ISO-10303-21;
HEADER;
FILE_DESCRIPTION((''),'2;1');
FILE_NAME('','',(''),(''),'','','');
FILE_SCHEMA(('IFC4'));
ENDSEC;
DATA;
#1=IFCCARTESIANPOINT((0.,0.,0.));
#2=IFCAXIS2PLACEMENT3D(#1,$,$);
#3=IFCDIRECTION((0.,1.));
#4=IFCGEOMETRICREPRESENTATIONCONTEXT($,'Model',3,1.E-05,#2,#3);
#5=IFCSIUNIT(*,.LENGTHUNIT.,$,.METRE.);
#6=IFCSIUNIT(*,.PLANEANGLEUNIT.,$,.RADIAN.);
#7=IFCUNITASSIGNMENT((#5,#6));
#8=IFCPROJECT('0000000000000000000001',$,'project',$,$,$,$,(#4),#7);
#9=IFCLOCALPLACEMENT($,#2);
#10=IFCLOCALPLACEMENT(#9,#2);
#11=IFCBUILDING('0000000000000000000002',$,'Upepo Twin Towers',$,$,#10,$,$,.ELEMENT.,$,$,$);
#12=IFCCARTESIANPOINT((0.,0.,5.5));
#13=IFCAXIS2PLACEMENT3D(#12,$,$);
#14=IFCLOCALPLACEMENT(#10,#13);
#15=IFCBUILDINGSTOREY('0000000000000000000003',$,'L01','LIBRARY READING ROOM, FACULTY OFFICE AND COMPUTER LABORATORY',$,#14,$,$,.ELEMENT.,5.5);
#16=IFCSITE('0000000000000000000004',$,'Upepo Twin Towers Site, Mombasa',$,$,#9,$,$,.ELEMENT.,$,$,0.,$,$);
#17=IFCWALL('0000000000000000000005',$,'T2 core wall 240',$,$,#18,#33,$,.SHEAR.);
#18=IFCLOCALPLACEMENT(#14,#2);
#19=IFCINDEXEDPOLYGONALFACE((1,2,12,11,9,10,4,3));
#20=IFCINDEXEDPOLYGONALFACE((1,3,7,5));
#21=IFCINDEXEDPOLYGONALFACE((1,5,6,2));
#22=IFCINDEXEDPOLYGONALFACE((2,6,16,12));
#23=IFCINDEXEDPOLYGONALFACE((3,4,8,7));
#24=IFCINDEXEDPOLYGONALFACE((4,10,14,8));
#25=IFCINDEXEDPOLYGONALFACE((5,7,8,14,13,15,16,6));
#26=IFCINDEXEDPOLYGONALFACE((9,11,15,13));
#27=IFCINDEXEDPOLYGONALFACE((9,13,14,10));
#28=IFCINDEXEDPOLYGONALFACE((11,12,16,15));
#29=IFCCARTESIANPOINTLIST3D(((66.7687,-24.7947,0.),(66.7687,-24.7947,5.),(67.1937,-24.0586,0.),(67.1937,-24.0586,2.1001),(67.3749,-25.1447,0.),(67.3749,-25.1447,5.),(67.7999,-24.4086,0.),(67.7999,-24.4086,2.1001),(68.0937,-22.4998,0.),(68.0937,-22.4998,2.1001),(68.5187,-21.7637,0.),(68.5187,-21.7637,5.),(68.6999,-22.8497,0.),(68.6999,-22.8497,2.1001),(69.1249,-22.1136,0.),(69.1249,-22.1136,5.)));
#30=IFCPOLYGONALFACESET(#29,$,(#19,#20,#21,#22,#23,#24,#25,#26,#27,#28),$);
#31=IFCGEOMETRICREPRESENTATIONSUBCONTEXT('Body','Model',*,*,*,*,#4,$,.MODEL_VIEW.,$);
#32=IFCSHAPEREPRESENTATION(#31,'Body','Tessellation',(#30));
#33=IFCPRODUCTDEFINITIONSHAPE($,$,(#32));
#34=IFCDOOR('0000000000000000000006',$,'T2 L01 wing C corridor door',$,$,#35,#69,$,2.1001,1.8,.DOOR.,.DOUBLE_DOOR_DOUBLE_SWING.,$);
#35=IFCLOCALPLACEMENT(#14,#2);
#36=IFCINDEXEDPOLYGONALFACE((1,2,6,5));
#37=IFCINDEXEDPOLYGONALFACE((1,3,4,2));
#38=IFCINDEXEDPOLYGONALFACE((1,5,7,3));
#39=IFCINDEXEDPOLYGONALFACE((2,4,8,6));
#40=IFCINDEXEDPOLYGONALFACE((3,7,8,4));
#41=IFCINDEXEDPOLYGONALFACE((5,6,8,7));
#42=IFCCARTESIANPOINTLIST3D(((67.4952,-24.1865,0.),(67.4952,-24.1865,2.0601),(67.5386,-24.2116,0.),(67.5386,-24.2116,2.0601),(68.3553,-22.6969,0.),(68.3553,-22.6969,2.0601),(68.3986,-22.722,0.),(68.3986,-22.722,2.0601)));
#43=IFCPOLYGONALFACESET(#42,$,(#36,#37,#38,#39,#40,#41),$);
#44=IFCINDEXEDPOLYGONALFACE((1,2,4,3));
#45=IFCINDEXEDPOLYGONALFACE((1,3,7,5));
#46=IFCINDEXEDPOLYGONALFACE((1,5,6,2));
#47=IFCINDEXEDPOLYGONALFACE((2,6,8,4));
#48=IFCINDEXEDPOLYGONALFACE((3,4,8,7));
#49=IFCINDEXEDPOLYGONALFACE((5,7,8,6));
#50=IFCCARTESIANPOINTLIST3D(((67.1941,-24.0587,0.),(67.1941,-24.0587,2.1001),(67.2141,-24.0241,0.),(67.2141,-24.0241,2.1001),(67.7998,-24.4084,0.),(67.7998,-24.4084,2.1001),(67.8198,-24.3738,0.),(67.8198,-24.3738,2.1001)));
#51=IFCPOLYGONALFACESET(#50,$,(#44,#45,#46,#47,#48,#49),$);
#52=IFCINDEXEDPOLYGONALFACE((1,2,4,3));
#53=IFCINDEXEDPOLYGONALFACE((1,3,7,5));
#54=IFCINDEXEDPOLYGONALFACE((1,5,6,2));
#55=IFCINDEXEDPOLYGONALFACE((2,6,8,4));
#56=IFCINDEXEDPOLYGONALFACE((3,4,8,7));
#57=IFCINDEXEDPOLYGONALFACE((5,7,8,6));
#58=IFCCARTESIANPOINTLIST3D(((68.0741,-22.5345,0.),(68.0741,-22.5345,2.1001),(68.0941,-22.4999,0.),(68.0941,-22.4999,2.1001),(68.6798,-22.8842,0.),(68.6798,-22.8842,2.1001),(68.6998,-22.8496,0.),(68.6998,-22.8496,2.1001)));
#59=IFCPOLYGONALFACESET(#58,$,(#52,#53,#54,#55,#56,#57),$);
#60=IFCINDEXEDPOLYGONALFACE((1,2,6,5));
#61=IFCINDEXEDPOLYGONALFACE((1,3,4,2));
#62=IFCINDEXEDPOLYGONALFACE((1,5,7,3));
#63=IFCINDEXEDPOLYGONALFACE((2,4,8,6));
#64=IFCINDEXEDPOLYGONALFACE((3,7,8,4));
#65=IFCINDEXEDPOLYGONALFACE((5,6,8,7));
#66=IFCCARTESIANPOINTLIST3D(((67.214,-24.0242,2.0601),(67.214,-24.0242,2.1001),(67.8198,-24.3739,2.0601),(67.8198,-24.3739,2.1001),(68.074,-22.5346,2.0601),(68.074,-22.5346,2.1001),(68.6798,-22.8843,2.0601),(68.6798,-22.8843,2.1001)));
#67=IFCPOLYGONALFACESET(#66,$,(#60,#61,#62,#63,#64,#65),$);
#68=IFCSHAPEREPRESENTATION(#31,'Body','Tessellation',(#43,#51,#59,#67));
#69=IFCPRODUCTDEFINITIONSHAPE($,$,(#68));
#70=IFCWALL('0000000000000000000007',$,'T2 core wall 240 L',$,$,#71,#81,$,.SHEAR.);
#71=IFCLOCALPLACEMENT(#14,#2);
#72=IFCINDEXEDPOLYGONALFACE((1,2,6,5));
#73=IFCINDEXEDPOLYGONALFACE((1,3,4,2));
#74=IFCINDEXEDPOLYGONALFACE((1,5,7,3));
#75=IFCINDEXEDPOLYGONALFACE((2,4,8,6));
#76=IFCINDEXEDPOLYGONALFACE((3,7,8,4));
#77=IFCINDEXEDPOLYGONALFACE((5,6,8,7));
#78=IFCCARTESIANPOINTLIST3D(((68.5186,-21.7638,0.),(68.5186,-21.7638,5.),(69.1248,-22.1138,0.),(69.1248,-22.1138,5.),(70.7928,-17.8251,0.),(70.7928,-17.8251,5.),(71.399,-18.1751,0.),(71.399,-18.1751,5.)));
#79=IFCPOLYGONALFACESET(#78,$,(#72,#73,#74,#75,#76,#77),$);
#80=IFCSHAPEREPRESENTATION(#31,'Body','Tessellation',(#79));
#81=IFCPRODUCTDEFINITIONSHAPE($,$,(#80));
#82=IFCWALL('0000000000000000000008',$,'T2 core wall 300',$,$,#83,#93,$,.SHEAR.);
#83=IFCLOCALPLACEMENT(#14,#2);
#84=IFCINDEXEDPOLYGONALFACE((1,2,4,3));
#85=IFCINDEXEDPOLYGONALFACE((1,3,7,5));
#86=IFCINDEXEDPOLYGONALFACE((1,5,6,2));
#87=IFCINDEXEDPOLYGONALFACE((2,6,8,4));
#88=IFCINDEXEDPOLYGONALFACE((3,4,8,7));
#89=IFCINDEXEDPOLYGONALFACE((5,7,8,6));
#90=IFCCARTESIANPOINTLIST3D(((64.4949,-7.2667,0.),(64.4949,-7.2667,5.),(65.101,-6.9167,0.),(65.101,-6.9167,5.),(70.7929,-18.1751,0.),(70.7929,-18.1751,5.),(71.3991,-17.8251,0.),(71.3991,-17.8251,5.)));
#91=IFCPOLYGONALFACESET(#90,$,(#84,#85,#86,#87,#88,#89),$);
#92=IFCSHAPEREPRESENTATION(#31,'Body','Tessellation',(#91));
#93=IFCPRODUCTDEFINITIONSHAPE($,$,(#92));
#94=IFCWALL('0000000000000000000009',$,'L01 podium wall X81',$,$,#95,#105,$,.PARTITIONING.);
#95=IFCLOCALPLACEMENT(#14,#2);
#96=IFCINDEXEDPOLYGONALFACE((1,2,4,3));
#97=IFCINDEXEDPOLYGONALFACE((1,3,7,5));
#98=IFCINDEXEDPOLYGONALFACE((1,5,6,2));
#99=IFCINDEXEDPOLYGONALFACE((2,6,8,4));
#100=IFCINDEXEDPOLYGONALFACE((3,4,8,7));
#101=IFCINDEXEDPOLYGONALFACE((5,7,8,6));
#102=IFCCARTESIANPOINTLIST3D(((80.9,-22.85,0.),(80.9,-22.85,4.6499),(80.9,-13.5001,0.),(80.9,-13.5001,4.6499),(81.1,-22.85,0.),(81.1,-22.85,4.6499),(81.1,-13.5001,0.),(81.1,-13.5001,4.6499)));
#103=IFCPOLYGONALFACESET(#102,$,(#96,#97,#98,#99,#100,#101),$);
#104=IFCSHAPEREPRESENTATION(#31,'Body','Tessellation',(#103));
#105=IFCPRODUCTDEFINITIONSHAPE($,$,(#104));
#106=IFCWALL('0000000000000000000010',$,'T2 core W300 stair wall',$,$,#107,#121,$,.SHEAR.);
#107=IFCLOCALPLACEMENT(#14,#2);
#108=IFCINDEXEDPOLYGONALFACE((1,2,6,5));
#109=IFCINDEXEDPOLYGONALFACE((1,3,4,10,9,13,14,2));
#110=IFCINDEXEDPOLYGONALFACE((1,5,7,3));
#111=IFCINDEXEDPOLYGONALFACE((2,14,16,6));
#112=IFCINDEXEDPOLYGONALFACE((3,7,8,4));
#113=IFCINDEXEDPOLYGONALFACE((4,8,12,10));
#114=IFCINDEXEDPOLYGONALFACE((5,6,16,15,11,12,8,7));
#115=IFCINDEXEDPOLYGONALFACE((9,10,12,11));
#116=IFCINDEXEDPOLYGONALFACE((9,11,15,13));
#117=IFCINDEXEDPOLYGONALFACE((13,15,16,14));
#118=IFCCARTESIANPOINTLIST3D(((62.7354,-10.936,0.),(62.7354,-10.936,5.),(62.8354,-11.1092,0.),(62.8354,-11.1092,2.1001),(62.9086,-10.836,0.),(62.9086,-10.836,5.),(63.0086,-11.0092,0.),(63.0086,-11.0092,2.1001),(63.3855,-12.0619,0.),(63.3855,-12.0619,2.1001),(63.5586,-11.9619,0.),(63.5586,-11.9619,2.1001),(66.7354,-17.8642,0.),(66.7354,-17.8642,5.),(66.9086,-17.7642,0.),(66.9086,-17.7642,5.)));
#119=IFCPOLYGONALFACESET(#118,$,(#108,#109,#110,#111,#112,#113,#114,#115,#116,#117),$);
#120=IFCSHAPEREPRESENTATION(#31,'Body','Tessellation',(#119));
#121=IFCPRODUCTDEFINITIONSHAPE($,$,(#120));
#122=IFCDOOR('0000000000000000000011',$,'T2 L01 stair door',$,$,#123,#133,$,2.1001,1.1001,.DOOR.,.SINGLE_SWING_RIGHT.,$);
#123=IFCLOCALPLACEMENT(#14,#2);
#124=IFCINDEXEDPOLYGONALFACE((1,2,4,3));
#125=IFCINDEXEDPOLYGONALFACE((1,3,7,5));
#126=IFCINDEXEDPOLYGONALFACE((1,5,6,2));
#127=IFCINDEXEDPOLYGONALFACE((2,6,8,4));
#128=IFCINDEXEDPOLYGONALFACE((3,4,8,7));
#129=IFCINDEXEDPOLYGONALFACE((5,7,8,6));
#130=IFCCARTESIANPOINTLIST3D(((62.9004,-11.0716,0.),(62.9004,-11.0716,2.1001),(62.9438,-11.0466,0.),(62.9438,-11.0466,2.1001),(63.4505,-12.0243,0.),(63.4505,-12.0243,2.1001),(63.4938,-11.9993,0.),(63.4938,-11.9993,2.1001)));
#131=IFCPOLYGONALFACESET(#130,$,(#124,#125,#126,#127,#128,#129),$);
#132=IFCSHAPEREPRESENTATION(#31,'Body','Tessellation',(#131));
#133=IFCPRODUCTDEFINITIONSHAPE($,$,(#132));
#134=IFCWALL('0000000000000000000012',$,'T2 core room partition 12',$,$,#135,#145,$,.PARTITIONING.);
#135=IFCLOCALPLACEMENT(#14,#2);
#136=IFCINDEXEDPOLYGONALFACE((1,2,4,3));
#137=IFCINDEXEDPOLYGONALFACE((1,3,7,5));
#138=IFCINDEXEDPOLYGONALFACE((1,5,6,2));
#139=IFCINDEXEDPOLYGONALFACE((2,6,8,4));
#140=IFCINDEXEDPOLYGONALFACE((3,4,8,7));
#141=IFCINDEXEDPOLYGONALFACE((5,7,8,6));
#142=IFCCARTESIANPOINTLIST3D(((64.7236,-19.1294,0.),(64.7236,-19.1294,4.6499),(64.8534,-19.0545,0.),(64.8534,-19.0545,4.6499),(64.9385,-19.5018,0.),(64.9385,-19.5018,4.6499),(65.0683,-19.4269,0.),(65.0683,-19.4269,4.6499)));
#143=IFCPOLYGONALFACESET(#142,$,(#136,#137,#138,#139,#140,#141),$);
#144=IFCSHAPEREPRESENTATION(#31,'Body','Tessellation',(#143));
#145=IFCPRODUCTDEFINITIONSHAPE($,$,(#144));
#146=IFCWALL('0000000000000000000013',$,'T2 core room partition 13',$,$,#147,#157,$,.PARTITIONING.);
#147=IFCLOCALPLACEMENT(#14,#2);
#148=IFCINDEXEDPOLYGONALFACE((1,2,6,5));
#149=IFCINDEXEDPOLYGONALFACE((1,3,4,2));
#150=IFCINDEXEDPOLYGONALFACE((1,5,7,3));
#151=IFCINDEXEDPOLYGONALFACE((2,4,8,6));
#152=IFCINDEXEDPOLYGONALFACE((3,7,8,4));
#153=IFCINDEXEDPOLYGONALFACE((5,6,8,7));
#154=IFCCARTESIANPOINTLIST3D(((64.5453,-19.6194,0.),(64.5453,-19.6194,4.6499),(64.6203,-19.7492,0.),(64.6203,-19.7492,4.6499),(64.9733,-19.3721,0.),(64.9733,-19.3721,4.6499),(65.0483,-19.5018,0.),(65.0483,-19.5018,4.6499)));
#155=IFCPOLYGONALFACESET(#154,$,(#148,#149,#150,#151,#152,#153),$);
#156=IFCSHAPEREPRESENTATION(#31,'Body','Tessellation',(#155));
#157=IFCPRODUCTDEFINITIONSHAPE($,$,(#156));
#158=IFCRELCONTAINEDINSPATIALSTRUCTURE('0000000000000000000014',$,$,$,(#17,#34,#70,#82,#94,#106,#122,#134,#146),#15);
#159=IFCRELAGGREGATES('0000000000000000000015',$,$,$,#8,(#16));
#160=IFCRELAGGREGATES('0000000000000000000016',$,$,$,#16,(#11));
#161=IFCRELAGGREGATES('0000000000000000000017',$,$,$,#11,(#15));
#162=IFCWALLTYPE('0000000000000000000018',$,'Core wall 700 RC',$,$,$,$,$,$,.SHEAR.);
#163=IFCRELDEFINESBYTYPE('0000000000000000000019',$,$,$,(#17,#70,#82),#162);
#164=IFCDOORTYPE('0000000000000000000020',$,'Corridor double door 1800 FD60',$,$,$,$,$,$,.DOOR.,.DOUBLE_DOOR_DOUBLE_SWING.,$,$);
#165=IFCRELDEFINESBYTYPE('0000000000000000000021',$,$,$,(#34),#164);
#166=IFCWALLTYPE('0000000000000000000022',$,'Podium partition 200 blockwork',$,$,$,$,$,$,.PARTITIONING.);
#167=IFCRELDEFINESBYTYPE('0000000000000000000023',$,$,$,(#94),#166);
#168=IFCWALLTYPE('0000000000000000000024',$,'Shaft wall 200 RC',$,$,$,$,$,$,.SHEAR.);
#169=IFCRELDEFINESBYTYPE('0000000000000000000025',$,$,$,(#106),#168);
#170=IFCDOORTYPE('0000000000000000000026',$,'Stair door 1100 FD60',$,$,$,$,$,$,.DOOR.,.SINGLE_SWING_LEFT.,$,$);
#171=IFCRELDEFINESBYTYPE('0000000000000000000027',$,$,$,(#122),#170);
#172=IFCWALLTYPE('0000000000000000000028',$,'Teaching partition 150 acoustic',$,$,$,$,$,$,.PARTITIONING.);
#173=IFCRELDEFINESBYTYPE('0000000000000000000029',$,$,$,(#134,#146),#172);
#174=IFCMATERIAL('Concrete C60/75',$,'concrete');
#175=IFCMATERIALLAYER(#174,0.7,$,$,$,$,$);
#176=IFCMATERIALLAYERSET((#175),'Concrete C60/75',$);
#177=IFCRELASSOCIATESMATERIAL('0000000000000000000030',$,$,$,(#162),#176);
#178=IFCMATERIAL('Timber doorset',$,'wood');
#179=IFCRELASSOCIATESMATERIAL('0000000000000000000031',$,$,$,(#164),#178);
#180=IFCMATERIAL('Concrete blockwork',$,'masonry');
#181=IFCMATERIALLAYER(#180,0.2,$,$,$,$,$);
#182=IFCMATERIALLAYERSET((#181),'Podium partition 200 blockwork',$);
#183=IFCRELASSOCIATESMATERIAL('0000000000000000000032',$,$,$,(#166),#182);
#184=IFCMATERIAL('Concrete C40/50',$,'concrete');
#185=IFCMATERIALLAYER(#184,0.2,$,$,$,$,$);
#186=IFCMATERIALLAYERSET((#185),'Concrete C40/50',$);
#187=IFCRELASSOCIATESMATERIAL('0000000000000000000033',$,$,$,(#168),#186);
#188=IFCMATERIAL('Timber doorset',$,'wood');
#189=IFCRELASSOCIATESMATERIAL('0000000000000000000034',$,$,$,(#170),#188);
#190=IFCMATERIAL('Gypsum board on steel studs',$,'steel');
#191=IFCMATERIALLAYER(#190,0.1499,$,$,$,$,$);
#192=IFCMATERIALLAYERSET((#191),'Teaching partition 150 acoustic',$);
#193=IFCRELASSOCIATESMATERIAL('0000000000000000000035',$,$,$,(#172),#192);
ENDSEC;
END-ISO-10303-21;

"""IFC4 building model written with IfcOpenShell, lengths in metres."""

from ifc_helpers import new_model, si_unit, direction, frame, frame_2d, origin, place, context, subcontext, project, spatial, rectangle, extrude, material, layer, layer_set, type_object, element, fill, save


model = new_model("IFC4")

# Units and contexts
model_context = context("Model", 3, precision=1e-05, world=origin(), true_north=direction((0.0, 1.0)))
body_context = subcontext(model_context, "Body", "Model", "MODEL_VIEW")
ifc_project = project(units=[si_unit("LENGTHUNIT", "METRE"), si_unit("PLANEANGLEUNIT", "RADIAN")], contexts=[model_context])

# Site, building, storey
site_placement = place(None, origin())
site = spatial("IfcSite", under=ifc_project, at=site_placement, Name="Upepo Twin Towers Site, Mombasa", CompositionType="ELEMENT", RefElevation=0.0)
building_placement = place(site_placement, origin())
building = spatial("IfcBuilding", under=site, at=building_placement, Name="Upepo Twin Towers", CompositionType="ELEMENT")
storey_placement = place(building_placement, frame((0.0, 0.0, 5.5)))
storey = spatial("IfcBuildingStorey", under=building, at=storey_placement, Name="L01", Description="LIBRARY READING ROOM, FACULTY OFFICE AND COMPUTER LABORATORY", CompositionType="ELEMENT", Elevation=5.5)

# Wall, opening, door
ifc_material_1 = material(Name="Concrete C60/75", Category="concrete")
ifc_layer_1 = layer(ifc_material_1, 0.7)
ifc_layer_set_1 = layer_set([ifc_layer_1], Name="Concrete C60/75")
wall_type_1 = type_object("IfcWallType", Name="Core wall 700 RC", PredefinedType="SHEAR", material=ifc_layer_set_1)
wall_1_placement = place(storey_placement, frame((67.0718, -24.9697, 0.0), z_axis=(0.0, 0.0, 1.0), x_axis=(0.50001, 0.866019, 0.0)))
wall_1 = element("IfcWall", 1, at=wall_1_placement, inside=storey, type_object=wall_type_1, Name="T2 core wall 240", PredefinedType="SHEAR", context=body_context, shape_type="SweptSolid", body=[
    extrude(rectangle(XDim=3.5, YDim=0.7, at=frame_2d((1.75, 0.0))), origin(), (0.0, 0.0, 1.0), 5.0),
])
opening_1_placement = place(wall_1_placement, frame((0.8501, 0.0, 0.0)))
opening_1 = element("IfcOpeningElement", 2, at=opening_1_placement, cuts=wall_1, PredefinedType="OPENING", context=body_context, shape_type="SweptSolid", body=[
    extrude(rectangle(XDim=1.8, YDim=2.1001, at=frame_2d((0.8999, 1.05))), frame((0.0, 0.3599, 0.0), z_axis=(0.0, -1.0, 0.0), x_axis=(1.0, 0.0, 0.0)), (0.0, 0.0, 1.0), 0.72),
])
ifc_material_2 = material(Name="Timber doorset", Category="wood")
door_type_1 = type_object("IfcDoorType", Name="Corridor double door 1800 FD60", OperationType="DOUBLE_DOOR_DOUBLE_SWING", PredefinedType="DOOR", material=ifc_material_2)
door_1_placement = place(opening_1_placement, origin())
door_1 = element("IfcDoor", 3, at=door_1_placement, inside=storey, type_object=door_type_1, Name="T2 L01 wing C corridor door", OperationType="DOUBLE_DOOR_DOUBLE_SWING", OverallHeight=2.1001, OverallWidth=1.8, PredefinedType="DOOR", context=body_context, shape_type="SweptSolid", body=[
    extrude(rectangle(XDim=1.72, YDim=2.0601, at=frame_2d((0.8999, 1.03))), frame((0.0, 0.0249, 0.0), z_axis=(0.0, -1.0, 0.0), x_axis=(1.0, 0.0, 0.0)), (0.0, 0.0, 1.0), 0.05),
    extrude(rectangle(XDim=0.04, YDim=2.1001, at=frame_2d((0.02, 1.05))), frame((0.0, 0.3496, 0.0), z_axis=(0.0, -1.0, 0.0), x_axis=(1.0, 0.0, 0.0)), (0.0, 0.0, 1.0), 0.6995),
    extrude(rectangle(XDim=0.04, YDim=2.1001, at=frame_2d((1.78, 1.05))), frame((0.0, 0.3496, 0.0), z_axis=(0.0, -1.0, 0.0), x_axis=(1.0, 0.0, 0.0)), (0.0, 0.0, 1.0), 0.6995),
    extrude(rectangle(XDim=1.72, YDim=0.04, at=frame_2d((0.8999, 2.0801))), frame((0.0, 0.3496, 0.0), z_axis=(0.0, -1.0, 0.0), x_axis=(1.0, 0.0, 0.0)), (0.0, 0.0, 1.0), 0.6995),
])
fill(opening_1, door_1)

# Walls
wall_2_placement = place(storey_placement, frame((68.8218, -21.9387, 0.0), z_axis=(0.0, 0.0, 1.0), x_axis=(0.500024, 0.866011, 0.0)))
element("IfcWall", 4, at=wall_2_placement, inside=storey, type_object=wall_type_1, Name="T2 core wall 240 L", PredefinedType="SHEAR", context=body_context, shape_type="SweptSolid", body=[
    extrude(rectangle(XDim=4.5481, YDim=0.7, at=frame_2d((2.2739, 0.0))), origin(), (0.0, 0.0, 1.0), 5.0),
])
wall_3_placement = place(storey_placement, frame((71.0959, -18.0, 0.0), z_axis=(0.0, 0.0, 1.0), x_axis=(-0.500006, 0.866022, 0.0)))
element("IfcWall", 5, at=wall_3_placement, inside=storey, type_object=wall_type_1, Name="T2 core wall 300", PredefinedType="SHEAR", context=body_context, shape_type="SweptSolid", body=[
    extrude(rectangle(XDim=12.5959, YDim=0.7, at=frame_2d((6.2979, 0.0))), origin(), (0.0, 0.0, 1.0), 5.0),
])
ifc_material_3 = material(Name="Concrete blockwork", Category="masonry")
ifc_layer_2 = layer(ifc_material_3, 0.2)
ifc_layer_set_2 = layer_set([ifc_layer_2], Name="Podium partition 200 blockwork")
wall_type_2 = type_object("IfcWallType", Name="Podium partition 200 blockwork", PredefinedType="PARTITIONING", material=ifc_layer_set_2)
wall_4_placement = place(storey_placement, frame((81.0, -22.8499, 0.0), z_axis=(0.0, 0.0, 1.0), x_axis=(0.0, 1.0, 0.0)))
element("IfcWall", 6, at=wall_4_placement, inside=storey, type_object=wall_type_2, Name="L01 podium wall X81", PredefinedType="PARTITIONING", context=body_context, shape_type="SweptSolid", body=[
    extrude(rectangle(XDim=9.3499, YDim=0.2, at=frame_2d((4.6748, 0.0))), origin(), (0.0, 0.0, 1.0), 4.6499),
])

# Wall, opening, door
ifc_material_4 = material(Name="Concrete C40/50", Category="concrete")
ifc_layer_3 = layer(ifc_material_4, 0.2)
ifc_layer_set_3 = layer_set([ifc_layer_3], Name="Concrete C40/50")
wall_type_3 = type_object("IfcWallType", Name="Shaft wall 200 RC", PredefinedType="SHEAR", material=ifc_layer_set_3)
wall_5_placement = place(storey_placement, frame((66.822, -17.8142, 0.0), z_axis=(0.0, 0.0, 1.0), x_axis=(-0.499999, 0.866026, 0.0)))
wall_5 = element("IfcWall", 7, at=wall_5_placement, inside=storey, type_object=wall_type_3, Name="T2 core W300 stair wall", PredefinedType="SHEAR", context=body_context, shape_type="SweptSolid", body=[
    extrude(rectangle(XDim=8.0, YDim=0.2, at=frame_2d((4.0, 0.0))), origin(), (0.0, 0.0, 1.0), 5.0),
])
opening_2_placement = place(wall_5_placement, frame((6.7, 0.0, 0.0)))
opening_2 = element("IfcOpeningElement", 8, at=opening_2_placement, cuts=wall_5, PredefinedType="OPENING", context=body_context, shape_type="SweptSolid", body=[
    extrude(rectangle(XDim=1.1001, YDim=2.1001, at=frame_2d((0.55, 1.05))), frame((0.0, 0.1099, 0.0), z_axis=(0.0, -1.0, 0.0), x_axis=(1.0, 0.0, 0.0)), (0.0, 0.0, 1.0), 0.22),
])
ifc_material_5 = material(Name="Timber doorset", Category="wood")
door_type_2 = type_object("IfcDoorType", Name="Stair door 1100 FD60", OperationType="SINGLE_SWING_LEFT", PredefinedType="DOOR", material=ifc_material_5)
door_2_placement = place(opening_2_placement, origin())
door_2 = element("IfcDoor", 9, at=door_2_placement, inside=storey, type_object=door_type_2, Name="T2 L01 stair door", OperationType="SINGLE_SWING_RIGHT", OverallHeight=2.1001, OverallWidth=1.1001, PredefinedType="DOOR", context=body_context, shape_type="SweptSolid", body=[
    extrude(rectangle(XDim=1.1001, YDim=2.1001, at=frame_2d((0.55, 1.05))), frame((0.0, 0.0249, 0.0), z_axis=(0.0, -1.0, 0.0), x_axis=(1.0, 0.0, 0.0)), (0.0, 0.0, 1.0), 0.05),
])
fill(opening_2, door_2)

# Walls
ifc_material_6 = material(Name="Gypsum board on steel studs", Category="steel")
ifc_layer_4 = layer(ifc_material_6, 0.1499)
ifc_layer_set_4 = layer_set([ifc_layer_4], Name="Teaching partition 150 acoustic")
wall_type_4 = type_object("IfcWallType", Name="Teaching partition 150 acoustic", PredefinedType="PARTITIONING", material=ifc_layer_set_4)
wall_6_placement = place(storey_placement, frame((64.7886, -19.092, 0.0), z_axis=(0.0, 0.0, 1.0), x_axis=(0.499804, -0.866138, 0.0)))
element("IfcWall", 10, at=wall_6_placement, inside=storey, type_object=wall_type_4, Name="T2 core room partition 12", PredefinedType="PARTITIONING", context=body_context, shape_type="SweptSolid", body=[
    extrude(rectangle(XDim=0.4299, YDim=0.1499, at=frame_2d((0.2148, 0.0))), origin(), (0.0, 0.0, 1.0), 4.6499),
])
wall_7_placement = place(storey_placement, frame((65.0107, -19.437, 0.0), z_axis=(0.0, 0.0, 1.0), x_axis=(-0.865832, -0.500335, 0.0)))
element("IfcWall", 11, at=wall_7_placement, inside=storey, type_object=wall_type_4, Name="T2 core room partition 13", PredefinedType="PARTITIONING", context=body_context, shape_type="SweptSolid", body=[
    extrude(rectangle(XDim=0.4944, YDim=0.1499, at=frame_2d((0.2471, 0.0))), origin(), (0.0, 0.0, 1.0), 4.6499),
])

save(model, "model.ifc")
